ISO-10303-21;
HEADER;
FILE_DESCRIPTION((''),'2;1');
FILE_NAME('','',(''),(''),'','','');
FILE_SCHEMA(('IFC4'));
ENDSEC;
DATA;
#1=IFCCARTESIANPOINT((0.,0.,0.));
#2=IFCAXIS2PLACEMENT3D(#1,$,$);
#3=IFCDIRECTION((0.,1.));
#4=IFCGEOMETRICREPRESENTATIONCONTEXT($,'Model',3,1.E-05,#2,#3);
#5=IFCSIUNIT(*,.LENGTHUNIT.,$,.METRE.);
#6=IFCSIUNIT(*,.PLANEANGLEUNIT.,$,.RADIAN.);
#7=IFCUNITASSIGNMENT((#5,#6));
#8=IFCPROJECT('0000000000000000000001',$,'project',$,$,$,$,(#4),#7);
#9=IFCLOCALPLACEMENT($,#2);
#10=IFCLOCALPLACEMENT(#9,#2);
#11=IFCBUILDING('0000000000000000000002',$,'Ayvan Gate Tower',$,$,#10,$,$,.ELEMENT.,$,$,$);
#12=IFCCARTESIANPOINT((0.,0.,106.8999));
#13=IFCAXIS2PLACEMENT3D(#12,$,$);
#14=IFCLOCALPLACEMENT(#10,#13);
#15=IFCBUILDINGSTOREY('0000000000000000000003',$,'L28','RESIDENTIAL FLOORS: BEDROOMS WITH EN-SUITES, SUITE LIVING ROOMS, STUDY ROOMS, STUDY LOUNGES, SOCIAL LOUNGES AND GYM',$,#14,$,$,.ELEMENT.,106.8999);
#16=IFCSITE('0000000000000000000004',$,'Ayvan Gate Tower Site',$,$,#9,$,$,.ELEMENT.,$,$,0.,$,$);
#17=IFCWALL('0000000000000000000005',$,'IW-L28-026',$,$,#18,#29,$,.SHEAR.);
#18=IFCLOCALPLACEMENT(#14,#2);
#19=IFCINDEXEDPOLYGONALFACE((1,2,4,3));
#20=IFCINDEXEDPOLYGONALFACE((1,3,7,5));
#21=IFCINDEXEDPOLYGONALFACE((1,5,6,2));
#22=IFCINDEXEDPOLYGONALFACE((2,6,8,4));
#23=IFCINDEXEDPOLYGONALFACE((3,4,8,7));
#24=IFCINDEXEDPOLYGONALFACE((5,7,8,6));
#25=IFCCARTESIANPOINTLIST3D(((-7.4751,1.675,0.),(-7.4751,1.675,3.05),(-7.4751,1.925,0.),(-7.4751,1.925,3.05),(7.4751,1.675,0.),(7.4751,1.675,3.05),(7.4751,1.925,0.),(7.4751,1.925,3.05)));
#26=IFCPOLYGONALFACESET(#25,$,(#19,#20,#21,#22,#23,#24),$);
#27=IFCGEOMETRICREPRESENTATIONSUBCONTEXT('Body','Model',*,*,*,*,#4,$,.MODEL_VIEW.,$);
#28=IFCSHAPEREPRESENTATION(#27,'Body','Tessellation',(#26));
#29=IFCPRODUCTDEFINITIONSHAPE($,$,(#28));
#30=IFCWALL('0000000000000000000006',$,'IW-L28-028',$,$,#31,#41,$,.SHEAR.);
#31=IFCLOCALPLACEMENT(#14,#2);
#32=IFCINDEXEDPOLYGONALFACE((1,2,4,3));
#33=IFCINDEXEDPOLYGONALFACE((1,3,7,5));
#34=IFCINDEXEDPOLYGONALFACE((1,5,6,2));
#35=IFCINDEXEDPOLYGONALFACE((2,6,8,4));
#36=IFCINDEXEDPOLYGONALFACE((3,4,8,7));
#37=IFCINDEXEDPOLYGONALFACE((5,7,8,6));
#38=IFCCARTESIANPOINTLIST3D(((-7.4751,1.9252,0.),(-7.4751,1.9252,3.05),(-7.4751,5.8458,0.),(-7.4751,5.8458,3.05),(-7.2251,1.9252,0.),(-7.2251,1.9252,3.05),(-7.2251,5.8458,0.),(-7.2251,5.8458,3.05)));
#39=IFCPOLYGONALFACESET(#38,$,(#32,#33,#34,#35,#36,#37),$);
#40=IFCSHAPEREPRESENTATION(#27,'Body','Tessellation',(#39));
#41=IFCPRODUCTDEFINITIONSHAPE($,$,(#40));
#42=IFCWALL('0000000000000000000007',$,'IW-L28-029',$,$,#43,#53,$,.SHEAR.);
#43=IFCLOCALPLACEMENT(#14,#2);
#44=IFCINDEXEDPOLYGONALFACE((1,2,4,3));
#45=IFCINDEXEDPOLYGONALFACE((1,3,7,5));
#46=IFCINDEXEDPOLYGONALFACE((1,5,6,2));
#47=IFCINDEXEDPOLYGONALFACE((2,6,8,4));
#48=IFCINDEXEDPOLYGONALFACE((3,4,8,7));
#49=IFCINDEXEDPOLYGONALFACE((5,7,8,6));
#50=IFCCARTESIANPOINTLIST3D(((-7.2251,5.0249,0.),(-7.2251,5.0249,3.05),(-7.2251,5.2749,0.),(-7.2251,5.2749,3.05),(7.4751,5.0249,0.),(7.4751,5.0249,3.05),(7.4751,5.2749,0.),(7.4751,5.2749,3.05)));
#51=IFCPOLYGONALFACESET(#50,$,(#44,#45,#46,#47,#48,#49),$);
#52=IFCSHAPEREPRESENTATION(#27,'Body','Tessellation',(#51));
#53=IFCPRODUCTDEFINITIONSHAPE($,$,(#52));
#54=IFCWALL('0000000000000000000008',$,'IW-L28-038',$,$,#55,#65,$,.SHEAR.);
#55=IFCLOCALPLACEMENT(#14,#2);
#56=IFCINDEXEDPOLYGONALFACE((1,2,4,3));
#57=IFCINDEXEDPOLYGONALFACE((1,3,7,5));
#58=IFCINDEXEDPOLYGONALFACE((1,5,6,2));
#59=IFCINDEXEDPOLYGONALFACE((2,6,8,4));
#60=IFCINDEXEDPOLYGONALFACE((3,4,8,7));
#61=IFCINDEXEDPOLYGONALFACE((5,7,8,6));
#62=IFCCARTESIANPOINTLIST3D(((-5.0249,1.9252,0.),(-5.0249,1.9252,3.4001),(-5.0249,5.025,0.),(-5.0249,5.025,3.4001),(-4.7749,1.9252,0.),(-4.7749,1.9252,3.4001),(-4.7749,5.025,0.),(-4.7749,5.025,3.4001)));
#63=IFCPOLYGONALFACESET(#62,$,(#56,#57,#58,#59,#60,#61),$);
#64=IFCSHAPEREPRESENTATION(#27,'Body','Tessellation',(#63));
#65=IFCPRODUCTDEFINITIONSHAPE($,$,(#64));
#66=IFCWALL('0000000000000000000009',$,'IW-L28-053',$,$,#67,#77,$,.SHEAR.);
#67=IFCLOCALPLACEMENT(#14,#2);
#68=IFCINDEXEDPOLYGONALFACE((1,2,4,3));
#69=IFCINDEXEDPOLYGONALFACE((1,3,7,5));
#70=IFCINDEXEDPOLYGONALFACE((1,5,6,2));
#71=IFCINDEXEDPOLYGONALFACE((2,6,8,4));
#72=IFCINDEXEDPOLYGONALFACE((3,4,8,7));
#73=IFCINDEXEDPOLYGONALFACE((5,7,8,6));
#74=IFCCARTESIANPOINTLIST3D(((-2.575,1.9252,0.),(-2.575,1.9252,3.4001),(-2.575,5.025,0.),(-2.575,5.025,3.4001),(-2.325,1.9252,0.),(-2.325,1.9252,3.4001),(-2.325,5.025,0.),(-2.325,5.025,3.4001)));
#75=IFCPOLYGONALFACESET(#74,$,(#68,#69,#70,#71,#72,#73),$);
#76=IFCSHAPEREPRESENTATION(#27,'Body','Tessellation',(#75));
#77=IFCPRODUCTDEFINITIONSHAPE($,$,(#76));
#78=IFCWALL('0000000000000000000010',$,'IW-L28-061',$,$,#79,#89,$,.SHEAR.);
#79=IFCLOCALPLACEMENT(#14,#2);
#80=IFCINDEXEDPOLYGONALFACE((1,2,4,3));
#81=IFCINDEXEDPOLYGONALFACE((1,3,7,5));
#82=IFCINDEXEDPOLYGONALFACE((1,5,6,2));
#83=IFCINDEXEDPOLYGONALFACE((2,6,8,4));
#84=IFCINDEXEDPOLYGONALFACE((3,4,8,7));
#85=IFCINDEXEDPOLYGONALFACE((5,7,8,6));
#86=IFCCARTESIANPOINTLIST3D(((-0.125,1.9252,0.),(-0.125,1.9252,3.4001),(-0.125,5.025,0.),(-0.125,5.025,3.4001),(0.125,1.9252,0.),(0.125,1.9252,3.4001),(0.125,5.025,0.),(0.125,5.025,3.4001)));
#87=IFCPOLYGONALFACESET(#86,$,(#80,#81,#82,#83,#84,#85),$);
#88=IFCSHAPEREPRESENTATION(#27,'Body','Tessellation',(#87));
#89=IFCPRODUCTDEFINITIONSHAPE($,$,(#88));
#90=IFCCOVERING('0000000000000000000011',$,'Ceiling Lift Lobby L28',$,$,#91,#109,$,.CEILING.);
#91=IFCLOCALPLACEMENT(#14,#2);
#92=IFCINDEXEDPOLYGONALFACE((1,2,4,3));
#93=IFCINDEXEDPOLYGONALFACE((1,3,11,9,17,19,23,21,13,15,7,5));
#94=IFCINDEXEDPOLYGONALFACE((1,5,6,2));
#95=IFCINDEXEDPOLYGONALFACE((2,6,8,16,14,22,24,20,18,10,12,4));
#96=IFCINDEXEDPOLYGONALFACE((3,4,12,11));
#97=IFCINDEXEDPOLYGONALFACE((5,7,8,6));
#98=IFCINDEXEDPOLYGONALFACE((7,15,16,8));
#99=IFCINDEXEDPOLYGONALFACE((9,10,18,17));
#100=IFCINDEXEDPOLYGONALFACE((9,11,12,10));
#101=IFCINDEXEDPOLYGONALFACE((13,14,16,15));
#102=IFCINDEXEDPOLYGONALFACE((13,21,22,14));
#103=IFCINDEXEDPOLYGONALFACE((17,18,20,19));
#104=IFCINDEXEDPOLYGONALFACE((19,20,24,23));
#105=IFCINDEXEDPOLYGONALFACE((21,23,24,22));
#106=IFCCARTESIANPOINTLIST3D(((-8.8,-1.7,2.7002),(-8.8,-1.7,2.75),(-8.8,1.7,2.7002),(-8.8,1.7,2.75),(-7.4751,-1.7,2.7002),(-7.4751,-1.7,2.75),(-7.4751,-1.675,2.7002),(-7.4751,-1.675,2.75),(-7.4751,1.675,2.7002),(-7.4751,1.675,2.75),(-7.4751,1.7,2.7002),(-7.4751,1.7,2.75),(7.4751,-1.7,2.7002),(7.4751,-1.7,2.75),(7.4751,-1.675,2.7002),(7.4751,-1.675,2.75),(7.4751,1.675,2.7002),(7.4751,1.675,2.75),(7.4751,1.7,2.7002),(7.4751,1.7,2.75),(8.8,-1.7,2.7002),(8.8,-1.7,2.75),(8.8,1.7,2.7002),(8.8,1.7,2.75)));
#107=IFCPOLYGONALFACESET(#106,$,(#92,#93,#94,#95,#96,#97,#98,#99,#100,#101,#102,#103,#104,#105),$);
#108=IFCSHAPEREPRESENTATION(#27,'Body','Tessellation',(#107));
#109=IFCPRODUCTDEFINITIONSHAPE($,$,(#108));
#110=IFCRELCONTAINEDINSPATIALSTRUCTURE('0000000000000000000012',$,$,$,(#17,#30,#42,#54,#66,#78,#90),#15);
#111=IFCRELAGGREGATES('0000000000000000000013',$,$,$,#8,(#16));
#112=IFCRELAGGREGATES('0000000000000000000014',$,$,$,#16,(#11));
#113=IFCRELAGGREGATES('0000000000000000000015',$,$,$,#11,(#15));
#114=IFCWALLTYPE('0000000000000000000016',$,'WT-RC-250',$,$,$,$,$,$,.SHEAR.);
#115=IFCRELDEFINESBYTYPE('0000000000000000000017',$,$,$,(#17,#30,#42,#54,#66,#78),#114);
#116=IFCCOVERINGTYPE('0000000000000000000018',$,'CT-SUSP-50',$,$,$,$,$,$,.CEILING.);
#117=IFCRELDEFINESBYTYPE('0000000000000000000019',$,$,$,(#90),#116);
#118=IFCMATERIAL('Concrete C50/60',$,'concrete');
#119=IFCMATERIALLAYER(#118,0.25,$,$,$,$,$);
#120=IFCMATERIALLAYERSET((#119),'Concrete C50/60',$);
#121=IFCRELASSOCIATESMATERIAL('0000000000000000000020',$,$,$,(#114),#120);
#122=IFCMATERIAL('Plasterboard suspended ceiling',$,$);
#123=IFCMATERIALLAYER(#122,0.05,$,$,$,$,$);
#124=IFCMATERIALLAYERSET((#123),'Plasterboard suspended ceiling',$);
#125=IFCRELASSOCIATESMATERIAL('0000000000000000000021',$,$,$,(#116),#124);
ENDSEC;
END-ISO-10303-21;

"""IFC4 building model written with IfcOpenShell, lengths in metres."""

from ifc_helpers import new_model, si_unit, direction, frame, frame_2d, origin, place, context, subcontext, project, spatial, polyline, rectangle, outline, extrude, material, layer, layer_set, type_object, element, save


model = new_model("IFC4")

# Units and contexts
model_context = context("Model", 3, precision=1e-05, world=origin(), true_north=direction((0.0, 1.0)))
body_context = subcontext(model_context, "Body", "Model", "MODEL_VIEW")
ifc_project = project(units=[si_unit("LENGTHUNIT", "METRE"), si_unit("PLANEANGLEUNIT", "RADIAN")], contexts=[model_context])

# Site, building, storey
site_placement = place(None, origin())
site = spatial("IfcSite", under=ifc_project, at=site_placement, Name="Ayvan Gate Tower Site", CompositionType="ELEMENT", RefElevation=0.0)
building_placement = place(site_placement, origin())
building = spatial("IfcBuilding", under=site, at=building_placement, Name="Ayvan Gate Tower", CompositionType="ELEMENT")
storey_placement = place(building_placement, frame((0.0, 0.0, 106.8999)))
storey = spatial("IfcBuildingStorey", under=building, at=storey_placement, Name="L28", Description="RESIDENTIAL FLOORS: BEDROOMS WITH EN-SUITES, SUITE LIVING ROOMS, STUDY ROOMS, STUDY LOUNGES, SOCIAL LOUNGES AND GYM", CompositionType="ELEMENT", Elevation=106.8999)

# Walls
ifc_material_1 = material(Name="Concrete C50/60", Category="concrete")
ifc_layer_1 = layer(ifc_material_1, 0.25)
ifc_layer_set_1 = layer_set([ifc_layer_1], Name="Concrete C50/60")
wall_type_1 = type_object("IfcWallType", Name="WT-RC-250", PredefinedType="SHEAR", material=ifc_layer_set_1)
wall_1_placement = place(storey_placement, frame((-7.4751, 1.8, 0.0), z_axis=(0.0, 0.0, 1.0), x_axis=(1.0, 0.0, 0.0)))
element("IfcWall", 1, at=wall_1_placement, inside=storey, type_object=wall_type_1, Name="IW-L28-026", PredefinedType="SHEAR", context=body_context, shape_type="SweptSolid", body=[
    extrude(rectangle(XDim=14.9502, YDim=0.25, at=frame_2d((7.4751, 0.0))), origin(), (0.0, 0.0, 1.0), 3.05),
])
wall_2_placement = place(storey_placement, frame((-7.3501, 1.925, 0.0), z_axis=(0.0, 0.0, 1.0), x_axis=(0.0, 1.0, 0.0)))
element("IfcWall", 2, at=wall_2_placement, inside=storey, type_object=wall_type_1, Name="IW-L28-028", PredefinedType="SHEAR", context=body_context, shape_type="SweptSolid", body=[
    extrude(rectangle(XDim=3.9207, YDim=0.25, at=frame_2d((1.9604, 0.0))), origin(), (0.0, 0.0, 1.0), 3.05),
])
wall_3_placement = place(storey_placement, frame((-7.2251, 5.1499, 0.0), z_axis=(0.0, 0.0, 1.0), x_axis=(1.0, 0.0, 0.0)))
element("IfcWall", 3, at=wall_3_placement, inside=storey, type_object=wall_type_1, Name="IW-L28-029", PredefinedType="SHEAR", context=body_context, shape_type="SweptSolid", body=[
    extrude(rectangle(XDim=14.7002, YDim=0.25, at=frame_2d((7.3501, 0.0))), origin(), (0.0, 0.0, 1.0), 3.05),
])
for number, where, z_axis, x_axis, name in (
    (4, (-4.8999, 5.0249, 0.0), (0.0, 0.0, 1.0), (0.0, -1.0, 0.0), "IW-L28-038"),
    (5, (-2.45, 5.0249, 0.0), (0.0, 0.0, 1.0), (0.0, -1.0, 0.0), "IW-L28-053"),
    (6, (0.0, 5.0249, 0.0), (0.0, 0.0, 1.0), (0.0, -1.0, 0.0), "IW-L28-061"),
):
    element("IfcWall", number, at=place(storey_placement, frame(where, z_axis=z_axis, x_axis=x_axis)), inside=storey, type_object=wall_type_1, Name=name, PredefinedType="SHEAR", context=body_context, shape_type="SweptSolid", body=[
        extrude(rectangle(XDim=3.0999, YDim=0.25, at=frame_2d((1.5498, 0.0))), origin(), (0.0, 0.0, 1.0), 3.4001),
    ])

# Covering
ifc_material_2 = material(Name="Plasterboard suspended ceiling")
ifc_layer_2 = layer(ifc_material_2, 0.05)
ifc_layer_set_2 = layer_set([ifc_layer_2], Name="Plasterboard suspended ceiling")
covering_type = type_object("IfcCoveringType", Name="CT-SUSP-50", PredefinedType="CEILING", material=ifc_layer_set_2)
covering_1_placement = place(storey_placement, frame((0.0, 0.0, 2.7002)))
element("IfcCovering", 7, at=covering_1_placement, inside=storey, type_object=covering_type, Name="Ceiling Lift Lobby L28", PredefinedType="CEILING", context=body_context, shape_type="SweptSolid", body=[
    extrude(outline(polyline([(7.4751, -1.675), (-7.4751, -1.675), (-7.4751, -1.7), (-8.8, -1.7), (-8.8, 1.7), (-7.4751, 1.7), (-7.4751, 1.675), (7.4751, 1.675), (7.4751, 1.7), (8.8, 1.7), (8.8, -1.7), (7.4751, -1.7), (7.4751, -1.675)])), origin(), (0.0, 0.0, 1.0), 0.0498),
])

save(model, "model.ifc")
